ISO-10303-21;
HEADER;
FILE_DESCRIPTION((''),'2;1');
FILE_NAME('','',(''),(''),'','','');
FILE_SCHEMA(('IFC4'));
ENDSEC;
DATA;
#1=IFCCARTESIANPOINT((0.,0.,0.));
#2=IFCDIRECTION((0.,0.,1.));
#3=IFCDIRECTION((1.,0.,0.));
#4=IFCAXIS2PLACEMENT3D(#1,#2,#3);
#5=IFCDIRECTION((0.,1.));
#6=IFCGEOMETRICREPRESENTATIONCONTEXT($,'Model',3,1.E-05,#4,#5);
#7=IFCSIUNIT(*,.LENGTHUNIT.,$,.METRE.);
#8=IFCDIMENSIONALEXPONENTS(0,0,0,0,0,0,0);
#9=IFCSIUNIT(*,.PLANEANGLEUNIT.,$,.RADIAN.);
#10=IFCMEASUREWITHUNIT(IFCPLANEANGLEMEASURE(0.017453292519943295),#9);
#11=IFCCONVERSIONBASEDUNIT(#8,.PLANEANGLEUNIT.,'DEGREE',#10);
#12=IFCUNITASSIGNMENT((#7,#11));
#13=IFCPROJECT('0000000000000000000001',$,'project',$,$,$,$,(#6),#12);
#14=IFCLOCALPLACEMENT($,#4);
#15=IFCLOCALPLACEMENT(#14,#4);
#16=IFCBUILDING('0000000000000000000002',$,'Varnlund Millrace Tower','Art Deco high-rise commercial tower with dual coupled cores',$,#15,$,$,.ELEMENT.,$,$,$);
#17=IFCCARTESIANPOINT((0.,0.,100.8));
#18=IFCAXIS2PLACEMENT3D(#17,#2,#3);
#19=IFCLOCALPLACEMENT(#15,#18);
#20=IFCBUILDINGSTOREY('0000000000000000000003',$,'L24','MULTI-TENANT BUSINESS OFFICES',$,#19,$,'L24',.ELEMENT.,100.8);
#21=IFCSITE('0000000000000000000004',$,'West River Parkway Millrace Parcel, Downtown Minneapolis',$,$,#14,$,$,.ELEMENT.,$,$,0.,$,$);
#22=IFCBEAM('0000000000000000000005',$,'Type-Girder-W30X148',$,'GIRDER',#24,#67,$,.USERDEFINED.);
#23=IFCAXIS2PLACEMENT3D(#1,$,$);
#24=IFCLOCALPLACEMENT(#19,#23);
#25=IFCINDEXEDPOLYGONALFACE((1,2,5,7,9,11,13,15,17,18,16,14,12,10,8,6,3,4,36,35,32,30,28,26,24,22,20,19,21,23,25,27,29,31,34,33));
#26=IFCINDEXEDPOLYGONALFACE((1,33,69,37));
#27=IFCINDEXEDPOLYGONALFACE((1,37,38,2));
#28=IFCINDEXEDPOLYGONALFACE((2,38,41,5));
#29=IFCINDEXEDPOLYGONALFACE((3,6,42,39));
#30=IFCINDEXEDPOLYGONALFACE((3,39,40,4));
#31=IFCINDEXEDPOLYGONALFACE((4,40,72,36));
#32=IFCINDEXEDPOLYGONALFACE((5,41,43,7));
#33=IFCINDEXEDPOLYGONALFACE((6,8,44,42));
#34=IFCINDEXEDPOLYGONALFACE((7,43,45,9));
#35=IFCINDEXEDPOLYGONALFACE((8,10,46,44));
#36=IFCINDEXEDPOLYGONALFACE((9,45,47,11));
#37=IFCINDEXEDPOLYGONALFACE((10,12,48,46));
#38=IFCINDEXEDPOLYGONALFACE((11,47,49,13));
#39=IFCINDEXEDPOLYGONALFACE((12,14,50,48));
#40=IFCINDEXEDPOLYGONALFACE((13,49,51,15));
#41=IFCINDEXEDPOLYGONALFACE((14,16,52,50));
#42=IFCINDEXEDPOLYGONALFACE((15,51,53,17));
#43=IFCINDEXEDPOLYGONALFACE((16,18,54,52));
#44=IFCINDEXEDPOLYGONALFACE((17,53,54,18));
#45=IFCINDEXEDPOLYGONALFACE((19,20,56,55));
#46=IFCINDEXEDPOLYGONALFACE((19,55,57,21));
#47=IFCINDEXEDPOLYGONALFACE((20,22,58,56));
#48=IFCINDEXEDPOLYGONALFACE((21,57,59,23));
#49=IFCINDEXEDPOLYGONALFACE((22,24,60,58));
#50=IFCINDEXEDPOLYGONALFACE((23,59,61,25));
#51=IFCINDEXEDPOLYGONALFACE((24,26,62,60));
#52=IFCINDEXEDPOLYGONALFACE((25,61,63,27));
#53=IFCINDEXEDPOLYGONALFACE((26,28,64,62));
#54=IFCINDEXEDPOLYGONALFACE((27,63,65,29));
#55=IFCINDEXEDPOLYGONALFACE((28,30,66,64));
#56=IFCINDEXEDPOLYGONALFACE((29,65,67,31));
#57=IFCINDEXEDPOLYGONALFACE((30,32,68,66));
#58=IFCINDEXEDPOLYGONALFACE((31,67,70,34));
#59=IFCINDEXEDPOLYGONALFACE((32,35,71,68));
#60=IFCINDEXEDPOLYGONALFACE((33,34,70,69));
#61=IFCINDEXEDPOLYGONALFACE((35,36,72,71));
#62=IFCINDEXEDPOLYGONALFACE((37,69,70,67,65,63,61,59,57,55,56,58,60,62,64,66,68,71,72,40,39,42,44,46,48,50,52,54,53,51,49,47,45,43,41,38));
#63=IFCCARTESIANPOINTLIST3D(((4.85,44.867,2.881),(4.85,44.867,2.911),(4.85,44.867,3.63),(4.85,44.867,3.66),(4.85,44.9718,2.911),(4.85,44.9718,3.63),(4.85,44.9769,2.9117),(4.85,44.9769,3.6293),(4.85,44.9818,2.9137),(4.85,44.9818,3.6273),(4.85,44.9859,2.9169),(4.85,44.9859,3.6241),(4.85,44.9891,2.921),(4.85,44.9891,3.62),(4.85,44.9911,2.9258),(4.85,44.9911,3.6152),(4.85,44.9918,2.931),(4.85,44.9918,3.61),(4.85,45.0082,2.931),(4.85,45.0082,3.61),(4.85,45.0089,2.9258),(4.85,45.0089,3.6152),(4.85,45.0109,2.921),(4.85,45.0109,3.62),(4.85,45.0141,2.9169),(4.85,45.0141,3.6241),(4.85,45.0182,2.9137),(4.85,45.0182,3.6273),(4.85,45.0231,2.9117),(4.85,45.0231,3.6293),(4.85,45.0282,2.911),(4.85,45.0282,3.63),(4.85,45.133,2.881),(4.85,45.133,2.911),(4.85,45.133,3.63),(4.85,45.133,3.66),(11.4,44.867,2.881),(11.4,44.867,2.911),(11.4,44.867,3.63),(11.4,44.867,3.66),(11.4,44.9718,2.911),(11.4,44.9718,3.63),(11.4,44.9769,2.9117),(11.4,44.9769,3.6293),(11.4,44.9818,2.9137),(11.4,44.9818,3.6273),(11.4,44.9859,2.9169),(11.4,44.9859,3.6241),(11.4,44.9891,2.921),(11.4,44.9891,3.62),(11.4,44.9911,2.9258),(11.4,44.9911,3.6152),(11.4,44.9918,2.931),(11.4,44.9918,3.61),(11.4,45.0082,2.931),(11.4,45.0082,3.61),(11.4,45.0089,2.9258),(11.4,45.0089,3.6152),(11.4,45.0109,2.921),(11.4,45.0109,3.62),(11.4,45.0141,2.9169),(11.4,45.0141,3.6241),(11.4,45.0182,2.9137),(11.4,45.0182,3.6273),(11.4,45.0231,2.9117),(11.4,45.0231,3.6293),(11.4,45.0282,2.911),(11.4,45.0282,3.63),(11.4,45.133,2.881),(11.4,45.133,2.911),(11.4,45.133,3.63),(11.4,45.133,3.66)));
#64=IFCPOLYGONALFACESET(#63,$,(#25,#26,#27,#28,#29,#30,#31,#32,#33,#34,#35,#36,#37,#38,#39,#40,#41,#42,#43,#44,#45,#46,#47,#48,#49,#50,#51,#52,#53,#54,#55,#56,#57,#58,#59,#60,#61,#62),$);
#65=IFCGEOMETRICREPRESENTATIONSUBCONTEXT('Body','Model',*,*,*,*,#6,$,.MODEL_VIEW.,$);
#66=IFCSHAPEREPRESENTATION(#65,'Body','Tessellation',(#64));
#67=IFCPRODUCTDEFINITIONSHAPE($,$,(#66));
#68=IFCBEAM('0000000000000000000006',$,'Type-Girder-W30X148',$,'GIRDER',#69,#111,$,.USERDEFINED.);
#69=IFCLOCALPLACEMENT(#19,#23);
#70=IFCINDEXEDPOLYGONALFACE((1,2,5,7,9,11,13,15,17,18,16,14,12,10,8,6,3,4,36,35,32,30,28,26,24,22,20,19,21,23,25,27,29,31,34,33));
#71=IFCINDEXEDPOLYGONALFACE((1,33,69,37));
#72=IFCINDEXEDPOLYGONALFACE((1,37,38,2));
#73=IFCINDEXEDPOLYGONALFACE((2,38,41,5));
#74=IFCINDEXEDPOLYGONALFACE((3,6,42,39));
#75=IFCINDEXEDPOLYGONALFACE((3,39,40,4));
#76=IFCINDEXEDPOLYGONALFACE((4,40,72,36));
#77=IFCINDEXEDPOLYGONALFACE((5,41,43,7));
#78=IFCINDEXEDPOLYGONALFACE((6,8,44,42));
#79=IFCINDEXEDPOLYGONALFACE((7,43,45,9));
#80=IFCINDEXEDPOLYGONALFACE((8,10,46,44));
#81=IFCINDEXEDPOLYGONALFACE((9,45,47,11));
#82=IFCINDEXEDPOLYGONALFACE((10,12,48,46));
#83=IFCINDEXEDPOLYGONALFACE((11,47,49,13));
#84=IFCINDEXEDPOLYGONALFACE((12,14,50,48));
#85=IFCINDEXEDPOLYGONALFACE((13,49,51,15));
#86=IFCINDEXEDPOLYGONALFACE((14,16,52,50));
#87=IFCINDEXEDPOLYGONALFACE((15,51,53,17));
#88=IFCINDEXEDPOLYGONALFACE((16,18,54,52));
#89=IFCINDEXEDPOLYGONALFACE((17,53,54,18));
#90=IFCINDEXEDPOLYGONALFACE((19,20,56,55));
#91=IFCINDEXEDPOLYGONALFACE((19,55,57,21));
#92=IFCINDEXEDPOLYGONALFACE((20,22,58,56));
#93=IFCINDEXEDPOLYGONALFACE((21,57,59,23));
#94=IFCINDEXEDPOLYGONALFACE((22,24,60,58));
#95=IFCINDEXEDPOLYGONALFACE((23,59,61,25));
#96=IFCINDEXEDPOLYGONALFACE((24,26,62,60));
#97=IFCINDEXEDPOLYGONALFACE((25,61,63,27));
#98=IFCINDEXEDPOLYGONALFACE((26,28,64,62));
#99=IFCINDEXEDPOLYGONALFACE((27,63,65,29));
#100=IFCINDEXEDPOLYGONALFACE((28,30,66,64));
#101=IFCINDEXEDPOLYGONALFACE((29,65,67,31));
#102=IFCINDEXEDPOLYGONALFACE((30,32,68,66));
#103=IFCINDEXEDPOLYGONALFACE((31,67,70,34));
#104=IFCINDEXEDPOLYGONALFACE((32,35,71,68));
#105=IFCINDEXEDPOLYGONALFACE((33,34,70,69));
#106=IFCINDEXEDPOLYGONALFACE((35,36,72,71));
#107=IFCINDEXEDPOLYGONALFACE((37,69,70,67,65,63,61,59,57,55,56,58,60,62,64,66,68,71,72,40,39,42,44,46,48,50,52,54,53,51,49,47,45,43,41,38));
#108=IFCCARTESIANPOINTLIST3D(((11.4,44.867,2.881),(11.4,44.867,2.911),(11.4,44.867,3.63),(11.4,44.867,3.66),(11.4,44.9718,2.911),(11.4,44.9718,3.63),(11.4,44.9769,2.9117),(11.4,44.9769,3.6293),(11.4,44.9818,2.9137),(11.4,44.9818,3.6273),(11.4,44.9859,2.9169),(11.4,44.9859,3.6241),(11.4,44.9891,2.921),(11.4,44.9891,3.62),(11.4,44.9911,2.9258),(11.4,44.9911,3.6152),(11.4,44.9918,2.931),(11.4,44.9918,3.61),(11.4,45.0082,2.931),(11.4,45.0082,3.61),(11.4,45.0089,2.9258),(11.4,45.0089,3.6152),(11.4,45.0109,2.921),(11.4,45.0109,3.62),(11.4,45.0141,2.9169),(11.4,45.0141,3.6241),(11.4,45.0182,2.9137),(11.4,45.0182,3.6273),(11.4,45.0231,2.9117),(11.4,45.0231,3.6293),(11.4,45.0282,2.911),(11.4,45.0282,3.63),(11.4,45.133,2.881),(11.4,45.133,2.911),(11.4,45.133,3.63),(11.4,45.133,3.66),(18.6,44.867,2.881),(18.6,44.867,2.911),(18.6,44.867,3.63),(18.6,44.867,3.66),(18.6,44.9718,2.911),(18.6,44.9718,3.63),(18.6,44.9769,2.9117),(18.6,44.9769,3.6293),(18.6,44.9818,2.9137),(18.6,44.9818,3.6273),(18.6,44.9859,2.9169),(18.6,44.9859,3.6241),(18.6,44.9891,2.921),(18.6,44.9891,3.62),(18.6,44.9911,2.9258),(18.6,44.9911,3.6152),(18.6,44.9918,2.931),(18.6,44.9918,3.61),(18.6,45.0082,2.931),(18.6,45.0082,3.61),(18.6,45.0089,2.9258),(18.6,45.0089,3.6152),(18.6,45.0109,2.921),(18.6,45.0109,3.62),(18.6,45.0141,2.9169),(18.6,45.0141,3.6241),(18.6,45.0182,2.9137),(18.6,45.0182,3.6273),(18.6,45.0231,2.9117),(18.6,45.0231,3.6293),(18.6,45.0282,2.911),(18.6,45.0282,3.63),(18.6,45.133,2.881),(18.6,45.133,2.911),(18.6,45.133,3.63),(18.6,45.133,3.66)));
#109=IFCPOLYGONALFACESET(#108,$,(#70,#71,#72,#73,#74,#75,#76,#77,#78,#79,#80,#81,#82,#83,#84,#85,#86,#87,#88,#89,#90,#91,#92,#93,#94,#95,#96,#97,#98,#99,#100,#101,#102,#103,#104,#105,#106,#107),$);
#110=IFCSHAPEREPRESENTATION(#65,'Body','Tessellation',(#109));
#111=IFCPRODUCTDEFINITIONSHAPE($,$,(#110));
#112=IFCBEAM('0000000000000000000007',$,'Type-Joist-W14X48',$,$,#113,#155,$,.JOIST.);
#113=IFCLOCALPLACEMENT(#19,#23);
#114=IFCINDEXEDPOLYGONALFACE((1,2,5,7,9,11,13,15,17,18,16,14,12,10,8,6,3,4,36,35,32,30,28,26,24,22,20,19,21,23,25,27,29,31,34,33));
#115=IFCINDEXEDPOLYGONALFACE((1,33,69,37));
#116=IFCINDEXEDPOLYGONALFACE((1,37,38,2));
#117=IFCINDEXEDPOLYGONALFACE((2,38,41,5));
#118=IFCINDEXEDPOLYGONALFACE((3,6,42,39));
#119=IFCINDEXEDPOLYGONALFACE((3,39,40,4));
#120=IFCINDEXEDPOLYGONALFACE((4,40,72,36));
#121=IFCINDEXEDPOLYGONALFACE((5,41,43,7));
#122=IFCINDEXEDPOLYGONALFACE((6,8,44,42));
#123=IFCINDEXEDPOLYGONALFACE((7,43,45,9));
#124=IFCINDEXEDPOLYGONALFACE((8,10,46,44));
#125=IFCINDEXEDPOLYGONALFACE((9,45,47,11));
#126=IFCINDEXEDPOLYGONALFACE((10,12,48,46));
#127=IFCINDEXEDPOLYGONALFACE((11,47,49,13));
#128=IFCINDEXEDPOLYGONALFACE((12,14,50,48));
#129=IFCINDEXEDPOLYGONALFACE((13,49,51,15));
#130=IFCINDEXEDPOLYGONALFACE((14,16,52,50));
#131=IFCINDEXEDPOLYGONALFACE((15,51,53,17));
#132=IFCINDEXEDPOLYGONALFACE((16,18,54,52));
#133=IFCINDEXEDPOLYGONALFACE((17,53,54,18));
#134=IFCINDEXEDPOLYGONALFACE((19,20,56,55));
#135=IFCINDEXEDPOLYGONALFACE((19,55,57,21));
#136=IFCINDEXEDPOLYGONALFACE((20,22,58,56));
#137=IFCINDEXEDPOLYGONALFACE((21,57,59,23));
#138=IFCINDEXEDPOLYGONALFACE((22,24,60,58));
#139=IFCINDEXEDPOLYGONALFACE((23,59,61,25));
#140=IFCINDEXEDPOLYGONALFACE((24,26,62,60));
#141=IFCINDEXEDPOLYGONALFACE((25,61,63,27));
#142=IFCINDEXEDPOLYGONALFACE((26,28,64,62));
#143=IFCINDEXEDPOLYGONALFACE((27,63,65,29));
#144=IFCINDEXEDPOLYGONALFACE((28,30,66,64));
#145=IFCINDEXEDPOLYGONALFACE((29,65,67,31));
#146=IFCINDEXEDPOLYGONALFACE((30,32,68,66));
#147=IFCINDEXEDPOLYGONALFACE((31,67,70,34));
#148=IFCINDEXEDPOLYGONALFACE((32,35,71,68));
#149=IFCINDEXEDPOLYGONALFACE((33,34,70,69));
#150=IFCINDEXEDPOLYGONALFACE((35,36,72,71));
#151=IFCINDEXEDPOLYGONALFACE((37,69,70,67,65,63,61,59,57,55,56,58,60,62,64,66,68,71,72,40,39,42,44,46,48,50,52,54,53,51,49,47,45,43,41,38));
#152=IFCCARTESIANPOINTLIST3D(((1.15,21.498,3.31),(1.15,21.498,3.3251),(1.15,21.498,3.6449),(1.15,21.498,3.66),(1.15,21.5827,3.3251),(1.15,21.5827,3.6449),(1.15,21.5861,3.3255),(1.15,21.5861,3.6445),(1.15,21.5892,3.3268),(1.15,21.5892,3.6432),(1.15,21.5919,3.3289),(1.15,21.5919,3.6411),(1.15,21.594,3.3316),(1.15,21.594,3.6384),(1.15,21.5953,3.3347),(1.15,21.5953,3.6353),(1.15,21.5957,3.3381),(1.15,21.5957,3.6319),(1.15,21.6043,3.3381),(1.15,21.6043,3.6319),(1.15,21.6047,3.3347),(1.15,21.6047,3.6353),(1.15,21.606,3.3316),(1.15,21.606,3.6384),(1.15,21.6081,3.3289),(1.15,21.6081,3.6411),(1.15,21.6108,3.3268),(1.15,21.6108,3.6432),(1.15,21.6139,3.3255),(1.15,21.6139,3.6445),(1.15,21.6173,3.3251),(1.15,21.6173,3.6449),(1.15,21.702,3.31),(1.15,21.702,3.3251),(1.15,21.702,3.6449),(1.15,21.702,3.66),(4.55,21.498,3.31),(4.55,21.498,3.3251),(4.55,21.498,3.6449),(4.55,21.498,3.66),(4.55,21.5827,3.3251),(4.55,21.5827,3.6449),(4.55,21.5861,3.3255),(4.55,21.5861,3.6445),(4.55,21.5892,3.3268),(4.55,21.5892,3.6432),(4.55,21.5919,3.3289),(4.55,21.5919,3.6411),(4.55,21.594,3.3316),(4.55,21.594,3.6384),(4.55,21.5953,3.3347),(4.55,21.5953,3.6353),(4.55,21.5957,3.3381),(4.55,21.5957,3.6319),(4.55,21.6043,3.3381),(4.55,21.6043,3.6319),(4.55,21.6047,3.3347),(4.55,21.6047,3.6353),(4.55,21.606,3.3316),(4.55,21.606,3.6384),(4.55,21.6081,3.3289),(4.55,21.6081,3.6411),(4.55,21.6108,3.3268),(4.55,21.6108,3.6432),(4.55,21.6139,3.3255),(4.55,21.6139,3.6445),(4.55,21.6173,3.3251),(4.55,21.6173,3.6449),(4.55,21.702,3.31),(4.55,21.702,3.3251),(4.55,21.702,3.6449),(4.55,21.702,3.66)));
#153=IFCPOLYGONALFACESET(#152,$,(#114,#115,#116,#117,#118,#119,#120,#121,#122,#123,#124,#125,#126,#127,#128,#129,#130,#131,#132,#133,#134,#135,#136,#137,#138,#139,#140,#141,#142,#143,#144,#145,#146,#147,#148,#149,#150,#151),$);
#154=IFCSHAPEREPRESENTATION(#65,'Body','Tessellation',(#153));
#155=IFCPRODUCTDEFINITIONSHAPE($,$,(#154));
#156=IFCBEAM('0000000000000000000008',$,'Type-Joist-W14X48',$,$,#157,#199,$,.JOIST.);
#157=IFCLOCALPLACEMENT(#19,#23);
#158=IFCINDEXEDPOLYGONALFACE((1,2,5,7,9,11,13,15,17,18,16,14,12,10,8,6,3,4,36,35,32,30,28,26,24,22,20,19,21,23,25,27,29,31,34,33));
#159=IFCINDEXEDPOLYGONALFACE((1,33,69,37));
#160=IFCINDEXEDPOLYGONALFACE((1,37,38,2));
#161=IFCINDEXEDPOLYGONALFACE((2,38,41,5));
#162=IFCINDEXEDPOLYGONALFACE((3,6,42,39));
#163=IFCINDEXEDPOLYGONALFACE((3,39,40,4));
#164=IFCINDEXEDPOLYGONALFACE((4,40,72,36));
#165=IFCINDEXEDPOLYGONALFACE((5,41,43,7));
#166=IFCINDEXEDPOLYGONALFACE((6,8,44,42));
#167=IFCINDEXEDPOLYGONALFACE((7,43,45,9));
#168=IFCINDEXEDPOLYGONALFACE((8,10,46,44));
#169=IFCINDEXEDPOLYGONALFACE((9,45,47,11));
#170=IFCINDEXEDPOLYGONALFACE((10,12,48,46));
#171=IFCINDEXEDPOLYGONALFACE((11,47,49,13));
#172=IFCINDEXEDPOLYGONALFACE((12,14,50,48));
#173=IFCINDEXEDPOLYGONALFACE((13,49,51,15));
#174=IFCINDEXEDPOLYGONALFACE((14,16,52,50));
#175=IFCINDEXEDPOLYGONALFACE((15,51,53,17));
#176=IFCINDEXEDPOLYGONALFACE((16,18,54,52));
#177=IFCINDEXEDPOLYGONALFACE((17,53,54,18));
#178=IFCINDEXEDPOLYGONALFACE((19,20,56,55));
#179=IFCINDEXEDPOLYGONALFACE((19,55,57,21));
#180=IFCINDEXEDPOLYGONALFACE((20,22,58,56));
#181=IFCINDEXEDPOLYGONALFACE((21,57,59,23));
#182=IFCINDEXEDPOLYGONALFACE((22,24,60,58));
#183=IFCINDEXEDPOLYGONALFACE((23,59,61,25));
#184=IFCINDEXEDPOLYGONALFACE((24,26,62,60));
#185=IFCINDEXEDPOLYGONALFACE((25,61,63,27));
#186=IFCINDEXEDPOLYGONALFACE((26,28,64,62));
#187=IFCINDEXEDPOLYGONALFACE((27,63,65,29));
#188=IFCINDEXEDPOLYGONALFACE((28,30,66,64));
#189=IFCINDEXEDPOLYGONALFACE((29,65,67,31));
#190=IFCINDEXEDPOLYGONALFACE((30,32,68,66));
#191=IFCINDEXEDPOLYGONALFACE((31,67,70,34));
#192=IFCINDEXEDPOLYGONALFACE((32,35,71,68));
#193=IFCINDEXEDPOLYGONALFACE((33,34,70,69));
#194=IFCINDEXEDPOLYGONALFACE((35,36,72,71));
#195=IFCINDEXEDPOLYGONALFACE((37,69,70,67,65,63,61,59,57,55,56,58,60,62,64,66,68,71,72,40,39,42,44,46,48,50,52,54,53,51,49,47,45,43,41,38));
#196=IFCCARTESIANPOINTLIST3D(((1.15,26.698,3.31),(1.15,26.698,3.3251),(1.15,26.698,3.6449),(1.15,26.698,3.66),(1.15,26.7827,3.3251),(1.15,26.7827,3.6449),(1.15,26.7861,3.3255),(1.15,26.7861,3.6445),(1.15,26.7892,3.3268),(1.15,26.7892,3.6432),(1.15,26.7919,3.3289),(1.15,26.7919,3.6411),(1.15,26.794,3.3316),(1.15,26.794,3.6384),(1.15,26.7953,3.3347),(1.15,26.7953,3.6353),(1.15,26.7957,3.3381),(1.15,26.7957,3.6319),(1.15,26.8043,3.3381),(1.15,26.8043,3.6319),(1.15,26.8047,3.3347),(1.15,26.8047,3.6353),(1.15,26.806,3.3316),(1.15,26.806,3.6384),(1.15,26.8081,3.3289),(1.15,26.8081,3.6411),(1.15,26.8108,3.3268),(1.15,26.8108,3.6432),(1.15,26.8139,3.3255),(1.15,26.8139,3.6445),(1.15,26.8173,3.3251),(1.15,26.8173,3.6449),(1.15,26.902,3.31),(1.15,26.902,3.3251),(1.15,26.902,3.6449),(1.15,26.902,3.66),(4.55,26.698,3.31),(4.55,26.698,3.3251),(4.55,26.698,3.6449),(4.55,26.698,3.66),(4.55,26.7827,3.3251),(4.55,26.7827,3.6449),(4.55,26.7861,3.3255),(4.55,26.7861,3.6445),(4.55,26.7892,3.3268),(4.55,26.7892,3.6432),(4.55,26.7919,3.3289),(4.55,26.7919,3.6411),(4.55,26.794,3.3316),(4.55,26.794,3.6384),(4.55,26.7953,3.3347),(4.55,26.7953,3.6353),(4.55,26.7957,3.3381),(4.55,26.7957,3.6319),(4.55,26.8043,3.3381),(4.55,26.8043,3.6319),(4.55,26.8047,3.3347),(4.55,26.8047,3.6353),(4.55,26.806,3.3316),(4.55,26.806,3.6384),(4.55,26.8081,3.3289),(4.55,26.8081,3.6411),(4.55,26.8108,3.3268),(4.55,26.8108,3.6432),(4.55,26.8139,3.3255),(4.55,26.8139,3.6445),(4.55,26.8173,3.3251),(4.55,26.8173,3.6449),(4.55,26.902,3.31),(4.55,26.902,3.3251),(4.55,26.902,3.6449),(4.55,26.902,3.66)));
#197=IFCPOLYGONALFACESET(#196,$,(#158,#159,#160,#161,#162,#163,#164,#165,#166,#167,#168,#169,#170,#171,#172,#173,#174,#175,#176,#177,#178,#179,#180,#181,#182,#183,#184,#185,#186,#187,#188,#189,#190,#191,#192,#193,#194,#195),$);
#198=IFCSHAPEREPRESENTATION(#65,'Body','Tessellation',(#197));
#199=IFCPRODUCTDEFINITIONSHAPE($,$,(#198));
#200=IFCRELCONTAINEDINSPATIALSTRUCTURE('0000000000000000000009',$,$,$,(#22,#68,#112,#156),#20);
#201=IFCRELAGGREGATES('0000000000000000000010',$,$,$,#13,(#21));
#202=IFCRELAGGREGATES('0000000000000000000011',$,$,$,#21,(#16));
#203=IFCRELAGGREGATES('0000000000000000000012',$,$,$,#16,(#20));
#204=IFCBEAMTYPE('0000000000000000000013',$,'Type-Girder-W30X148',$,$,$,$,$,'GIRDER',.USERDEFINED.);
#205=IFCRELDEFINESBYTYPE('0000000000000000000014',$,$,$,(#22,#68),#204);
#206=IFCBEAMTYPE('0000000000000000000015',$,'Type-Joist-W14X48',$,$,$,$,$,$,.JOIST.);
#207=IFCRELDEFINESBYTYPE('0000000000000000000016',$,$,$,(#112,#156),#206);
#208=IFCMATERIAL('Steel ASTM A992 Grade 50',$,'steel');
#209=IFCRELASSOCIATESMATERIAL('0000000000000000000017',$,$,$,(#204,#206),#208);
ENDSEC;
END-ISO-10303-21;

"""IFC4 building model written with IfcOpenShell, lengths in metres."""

from ifc_helpers import new_model, entity, si_unit, converted_unit, direction, frame, origin_with_axes, origin_2d_with_axis, place, context, subcontext, project, spatial, i_section, extrude, material, material_profile, profile_set, type_object, element, save


model = new_model("IFC4")

# Units and contexts
model_context = context("Model", 3, precision=1e-05, world=origin_with_axes(), true_north=direction((0.0, 1.0)))
body_context = subcontext(model_context, "Body", "Model", "MODEL_VIEW")
ifc_project = project(units=[si_unit("LENGTHUNIT", "METRE"), converted_unit("PLANEANGLEUNIT", "DEGREE", entity("IfcPlaneAngleMeasure", 0.017453292519943295), si_unit("PLANEANGLEUNIT", "RADIAN"), dimensions=[0, 0, 0, 0, 0, 0, 0])], contexts=[model_context])

# Site, building, storey
site_placement = place(None, origin_with_axes())
site = spatial("IfcSite", under=ifc_project, at=site_placement, Name="West River Parkway Millrace Parcel, Downtown Minneapolis", CompositionType="ELEMENT", RefElevation=0.0)
building_placement = place(site_placement, origin_with_axes())
building = spatial("IfcBuilding", under=site, at=building_placement, Name="Varnlund Millrace Tower", Description="Art Deco high-rise commercial tower with dual coupled cores", CompositionType="ELEMENT")
storey_placement = place(building_placement, frame((0.0, 0.0, 100.8), z_axis=(0.0, 0.0, 1.0), x_axis=(1.0, 0.0, 0.0)))
storey = spatial("IfcBuildingStorey", under=building, at=storey_placement, Name="L24", Description="MULTI-TENANT BUSINESS OFFICES", LongName="L24", CompositionType="ELEMENT", Elevation=100.8)

# Beams
ifc_material_1 = material(Name="Steel ASTM A992 Grade 50", Category="steel")
ifc_material_profile_1 = material_profile(ifc_material_1, i_section(OverallWidth=0.266, OverallDepth=0.779, WebThickness=0.0165, FlangeThickness=0.03, FilletRadius=0.02, at=origin_2d_with_axis()), Name="Steel ASTM A992 Grade 50")
ifc_profile_set_1 = profile_set([ifc_material_profile_1], Name="Steel ASTM A992 Grade 50")
beam_type_1 = type_object("IfcBeamType", Name="Type-Girder-W30X148", ElementType="GIRDER", PredefinedType="USERDEFINED", material=ifc_profile_set_1)
beam_1_placement = place(storey_placement, frame((4.85, 45.0, 3.2705), z_axis=(1.0, 0.0, 0.0), x_axis=(0.0, 1.0, 0.0)))
element("IfcBeam", 1, at=beam_1_placement, inside=storey, type_object=beam_type_1, Name="Type-Girder-W30X148", ObjectType="GIRDER", PredefinedType="USERDEFINED", context=body_context, shape_type="SweptSolid", body=[
    extrude(i_section(OverallWidth=0.266, OverallDepth=0.779, WebThickness=0.0165, FlangeThickness=0.03, FilletRadius=0.02, at=origin_2d_with_axis()), origin_with_axes(), (0.0, 0.0, 1.0), 6.55),
])
beam_2_placement = place(storey_placement, frame((11.4, 45.0, 3.2705), z_axis=(1.0, 0.0, 0.0), x_axis=(0.0, 1.0, 0.0)))
element("IfcBeam", 2, at=beam_2_placement, inside=storey, type_object=beam_type_1, Name="Type-Girder-W30X148", ObjectType="GIRDER", PredefinedType="USERDEFINED", context=body_context, shape_type="SweptSolid", body=[
    extrude(i_section(OverallWidth=0.266, OverallDepth=0.779, WebThickness=0.0165, FlangeThickness=0.03, FilletRadius=0.02, at=origin_2d_with_axis()), origin_with_axes(), (0.0, 0.0, 1.0), 7.2),
])
ifc_material_profile_2 = material_profile(ifc_material_1, i_section(OverallWidth=0.204, OverallDepth=0.35, WebThickness=0.0086, FlangeThickness=0.0151, FilletRadius=0.013, at=origin_2d_with_axis()), Name="Steel ASTM A992 Grade 50")
ifc_profile_set_2 = profile_set([ifc_material_profile_2], Name="Steel ASTM A992 Grade 50")
beam_type_2 = type_object("IfcBeamType", Name="Type-Joist-W14X48", PredefinedType="JOIST", material=ifc_profile_set_2)
for number, where, z_axis, x_axis, name in (
    (3, (1.15, 21.6, 3.485), (1.0, 0.0, 0.0), (0.0, 1.0, 0.0), "Type-Joist-W14X48"),
    (4, (1.15, 26.8, 3.485), (1.0, 0.0, 0.0), (0.0, 1.0, 0.0), "Type-Joist-W14X48"),
):
    element("IfcBeam", number, at=place(storey_placement, frame(where, z_axis=z_axis, x_axis=x_axis)), inside=storey, type_object=beam_type_2, Name=name, PredefinedType="JOIST", context=body_context, shape_type="SweptSolid", body=[
        extrude(i_section(OverallWidth=0.204, OverallDepth=0.35, WebThickness=0.0086, FlangeThickness=0.0151, FilletRadius=0.013, at=origin_2d_with_axis()), origin_with_axes(), (0.0, 0.0, 1.0), 3.4),
    ])

save(model, "model.ifc")
